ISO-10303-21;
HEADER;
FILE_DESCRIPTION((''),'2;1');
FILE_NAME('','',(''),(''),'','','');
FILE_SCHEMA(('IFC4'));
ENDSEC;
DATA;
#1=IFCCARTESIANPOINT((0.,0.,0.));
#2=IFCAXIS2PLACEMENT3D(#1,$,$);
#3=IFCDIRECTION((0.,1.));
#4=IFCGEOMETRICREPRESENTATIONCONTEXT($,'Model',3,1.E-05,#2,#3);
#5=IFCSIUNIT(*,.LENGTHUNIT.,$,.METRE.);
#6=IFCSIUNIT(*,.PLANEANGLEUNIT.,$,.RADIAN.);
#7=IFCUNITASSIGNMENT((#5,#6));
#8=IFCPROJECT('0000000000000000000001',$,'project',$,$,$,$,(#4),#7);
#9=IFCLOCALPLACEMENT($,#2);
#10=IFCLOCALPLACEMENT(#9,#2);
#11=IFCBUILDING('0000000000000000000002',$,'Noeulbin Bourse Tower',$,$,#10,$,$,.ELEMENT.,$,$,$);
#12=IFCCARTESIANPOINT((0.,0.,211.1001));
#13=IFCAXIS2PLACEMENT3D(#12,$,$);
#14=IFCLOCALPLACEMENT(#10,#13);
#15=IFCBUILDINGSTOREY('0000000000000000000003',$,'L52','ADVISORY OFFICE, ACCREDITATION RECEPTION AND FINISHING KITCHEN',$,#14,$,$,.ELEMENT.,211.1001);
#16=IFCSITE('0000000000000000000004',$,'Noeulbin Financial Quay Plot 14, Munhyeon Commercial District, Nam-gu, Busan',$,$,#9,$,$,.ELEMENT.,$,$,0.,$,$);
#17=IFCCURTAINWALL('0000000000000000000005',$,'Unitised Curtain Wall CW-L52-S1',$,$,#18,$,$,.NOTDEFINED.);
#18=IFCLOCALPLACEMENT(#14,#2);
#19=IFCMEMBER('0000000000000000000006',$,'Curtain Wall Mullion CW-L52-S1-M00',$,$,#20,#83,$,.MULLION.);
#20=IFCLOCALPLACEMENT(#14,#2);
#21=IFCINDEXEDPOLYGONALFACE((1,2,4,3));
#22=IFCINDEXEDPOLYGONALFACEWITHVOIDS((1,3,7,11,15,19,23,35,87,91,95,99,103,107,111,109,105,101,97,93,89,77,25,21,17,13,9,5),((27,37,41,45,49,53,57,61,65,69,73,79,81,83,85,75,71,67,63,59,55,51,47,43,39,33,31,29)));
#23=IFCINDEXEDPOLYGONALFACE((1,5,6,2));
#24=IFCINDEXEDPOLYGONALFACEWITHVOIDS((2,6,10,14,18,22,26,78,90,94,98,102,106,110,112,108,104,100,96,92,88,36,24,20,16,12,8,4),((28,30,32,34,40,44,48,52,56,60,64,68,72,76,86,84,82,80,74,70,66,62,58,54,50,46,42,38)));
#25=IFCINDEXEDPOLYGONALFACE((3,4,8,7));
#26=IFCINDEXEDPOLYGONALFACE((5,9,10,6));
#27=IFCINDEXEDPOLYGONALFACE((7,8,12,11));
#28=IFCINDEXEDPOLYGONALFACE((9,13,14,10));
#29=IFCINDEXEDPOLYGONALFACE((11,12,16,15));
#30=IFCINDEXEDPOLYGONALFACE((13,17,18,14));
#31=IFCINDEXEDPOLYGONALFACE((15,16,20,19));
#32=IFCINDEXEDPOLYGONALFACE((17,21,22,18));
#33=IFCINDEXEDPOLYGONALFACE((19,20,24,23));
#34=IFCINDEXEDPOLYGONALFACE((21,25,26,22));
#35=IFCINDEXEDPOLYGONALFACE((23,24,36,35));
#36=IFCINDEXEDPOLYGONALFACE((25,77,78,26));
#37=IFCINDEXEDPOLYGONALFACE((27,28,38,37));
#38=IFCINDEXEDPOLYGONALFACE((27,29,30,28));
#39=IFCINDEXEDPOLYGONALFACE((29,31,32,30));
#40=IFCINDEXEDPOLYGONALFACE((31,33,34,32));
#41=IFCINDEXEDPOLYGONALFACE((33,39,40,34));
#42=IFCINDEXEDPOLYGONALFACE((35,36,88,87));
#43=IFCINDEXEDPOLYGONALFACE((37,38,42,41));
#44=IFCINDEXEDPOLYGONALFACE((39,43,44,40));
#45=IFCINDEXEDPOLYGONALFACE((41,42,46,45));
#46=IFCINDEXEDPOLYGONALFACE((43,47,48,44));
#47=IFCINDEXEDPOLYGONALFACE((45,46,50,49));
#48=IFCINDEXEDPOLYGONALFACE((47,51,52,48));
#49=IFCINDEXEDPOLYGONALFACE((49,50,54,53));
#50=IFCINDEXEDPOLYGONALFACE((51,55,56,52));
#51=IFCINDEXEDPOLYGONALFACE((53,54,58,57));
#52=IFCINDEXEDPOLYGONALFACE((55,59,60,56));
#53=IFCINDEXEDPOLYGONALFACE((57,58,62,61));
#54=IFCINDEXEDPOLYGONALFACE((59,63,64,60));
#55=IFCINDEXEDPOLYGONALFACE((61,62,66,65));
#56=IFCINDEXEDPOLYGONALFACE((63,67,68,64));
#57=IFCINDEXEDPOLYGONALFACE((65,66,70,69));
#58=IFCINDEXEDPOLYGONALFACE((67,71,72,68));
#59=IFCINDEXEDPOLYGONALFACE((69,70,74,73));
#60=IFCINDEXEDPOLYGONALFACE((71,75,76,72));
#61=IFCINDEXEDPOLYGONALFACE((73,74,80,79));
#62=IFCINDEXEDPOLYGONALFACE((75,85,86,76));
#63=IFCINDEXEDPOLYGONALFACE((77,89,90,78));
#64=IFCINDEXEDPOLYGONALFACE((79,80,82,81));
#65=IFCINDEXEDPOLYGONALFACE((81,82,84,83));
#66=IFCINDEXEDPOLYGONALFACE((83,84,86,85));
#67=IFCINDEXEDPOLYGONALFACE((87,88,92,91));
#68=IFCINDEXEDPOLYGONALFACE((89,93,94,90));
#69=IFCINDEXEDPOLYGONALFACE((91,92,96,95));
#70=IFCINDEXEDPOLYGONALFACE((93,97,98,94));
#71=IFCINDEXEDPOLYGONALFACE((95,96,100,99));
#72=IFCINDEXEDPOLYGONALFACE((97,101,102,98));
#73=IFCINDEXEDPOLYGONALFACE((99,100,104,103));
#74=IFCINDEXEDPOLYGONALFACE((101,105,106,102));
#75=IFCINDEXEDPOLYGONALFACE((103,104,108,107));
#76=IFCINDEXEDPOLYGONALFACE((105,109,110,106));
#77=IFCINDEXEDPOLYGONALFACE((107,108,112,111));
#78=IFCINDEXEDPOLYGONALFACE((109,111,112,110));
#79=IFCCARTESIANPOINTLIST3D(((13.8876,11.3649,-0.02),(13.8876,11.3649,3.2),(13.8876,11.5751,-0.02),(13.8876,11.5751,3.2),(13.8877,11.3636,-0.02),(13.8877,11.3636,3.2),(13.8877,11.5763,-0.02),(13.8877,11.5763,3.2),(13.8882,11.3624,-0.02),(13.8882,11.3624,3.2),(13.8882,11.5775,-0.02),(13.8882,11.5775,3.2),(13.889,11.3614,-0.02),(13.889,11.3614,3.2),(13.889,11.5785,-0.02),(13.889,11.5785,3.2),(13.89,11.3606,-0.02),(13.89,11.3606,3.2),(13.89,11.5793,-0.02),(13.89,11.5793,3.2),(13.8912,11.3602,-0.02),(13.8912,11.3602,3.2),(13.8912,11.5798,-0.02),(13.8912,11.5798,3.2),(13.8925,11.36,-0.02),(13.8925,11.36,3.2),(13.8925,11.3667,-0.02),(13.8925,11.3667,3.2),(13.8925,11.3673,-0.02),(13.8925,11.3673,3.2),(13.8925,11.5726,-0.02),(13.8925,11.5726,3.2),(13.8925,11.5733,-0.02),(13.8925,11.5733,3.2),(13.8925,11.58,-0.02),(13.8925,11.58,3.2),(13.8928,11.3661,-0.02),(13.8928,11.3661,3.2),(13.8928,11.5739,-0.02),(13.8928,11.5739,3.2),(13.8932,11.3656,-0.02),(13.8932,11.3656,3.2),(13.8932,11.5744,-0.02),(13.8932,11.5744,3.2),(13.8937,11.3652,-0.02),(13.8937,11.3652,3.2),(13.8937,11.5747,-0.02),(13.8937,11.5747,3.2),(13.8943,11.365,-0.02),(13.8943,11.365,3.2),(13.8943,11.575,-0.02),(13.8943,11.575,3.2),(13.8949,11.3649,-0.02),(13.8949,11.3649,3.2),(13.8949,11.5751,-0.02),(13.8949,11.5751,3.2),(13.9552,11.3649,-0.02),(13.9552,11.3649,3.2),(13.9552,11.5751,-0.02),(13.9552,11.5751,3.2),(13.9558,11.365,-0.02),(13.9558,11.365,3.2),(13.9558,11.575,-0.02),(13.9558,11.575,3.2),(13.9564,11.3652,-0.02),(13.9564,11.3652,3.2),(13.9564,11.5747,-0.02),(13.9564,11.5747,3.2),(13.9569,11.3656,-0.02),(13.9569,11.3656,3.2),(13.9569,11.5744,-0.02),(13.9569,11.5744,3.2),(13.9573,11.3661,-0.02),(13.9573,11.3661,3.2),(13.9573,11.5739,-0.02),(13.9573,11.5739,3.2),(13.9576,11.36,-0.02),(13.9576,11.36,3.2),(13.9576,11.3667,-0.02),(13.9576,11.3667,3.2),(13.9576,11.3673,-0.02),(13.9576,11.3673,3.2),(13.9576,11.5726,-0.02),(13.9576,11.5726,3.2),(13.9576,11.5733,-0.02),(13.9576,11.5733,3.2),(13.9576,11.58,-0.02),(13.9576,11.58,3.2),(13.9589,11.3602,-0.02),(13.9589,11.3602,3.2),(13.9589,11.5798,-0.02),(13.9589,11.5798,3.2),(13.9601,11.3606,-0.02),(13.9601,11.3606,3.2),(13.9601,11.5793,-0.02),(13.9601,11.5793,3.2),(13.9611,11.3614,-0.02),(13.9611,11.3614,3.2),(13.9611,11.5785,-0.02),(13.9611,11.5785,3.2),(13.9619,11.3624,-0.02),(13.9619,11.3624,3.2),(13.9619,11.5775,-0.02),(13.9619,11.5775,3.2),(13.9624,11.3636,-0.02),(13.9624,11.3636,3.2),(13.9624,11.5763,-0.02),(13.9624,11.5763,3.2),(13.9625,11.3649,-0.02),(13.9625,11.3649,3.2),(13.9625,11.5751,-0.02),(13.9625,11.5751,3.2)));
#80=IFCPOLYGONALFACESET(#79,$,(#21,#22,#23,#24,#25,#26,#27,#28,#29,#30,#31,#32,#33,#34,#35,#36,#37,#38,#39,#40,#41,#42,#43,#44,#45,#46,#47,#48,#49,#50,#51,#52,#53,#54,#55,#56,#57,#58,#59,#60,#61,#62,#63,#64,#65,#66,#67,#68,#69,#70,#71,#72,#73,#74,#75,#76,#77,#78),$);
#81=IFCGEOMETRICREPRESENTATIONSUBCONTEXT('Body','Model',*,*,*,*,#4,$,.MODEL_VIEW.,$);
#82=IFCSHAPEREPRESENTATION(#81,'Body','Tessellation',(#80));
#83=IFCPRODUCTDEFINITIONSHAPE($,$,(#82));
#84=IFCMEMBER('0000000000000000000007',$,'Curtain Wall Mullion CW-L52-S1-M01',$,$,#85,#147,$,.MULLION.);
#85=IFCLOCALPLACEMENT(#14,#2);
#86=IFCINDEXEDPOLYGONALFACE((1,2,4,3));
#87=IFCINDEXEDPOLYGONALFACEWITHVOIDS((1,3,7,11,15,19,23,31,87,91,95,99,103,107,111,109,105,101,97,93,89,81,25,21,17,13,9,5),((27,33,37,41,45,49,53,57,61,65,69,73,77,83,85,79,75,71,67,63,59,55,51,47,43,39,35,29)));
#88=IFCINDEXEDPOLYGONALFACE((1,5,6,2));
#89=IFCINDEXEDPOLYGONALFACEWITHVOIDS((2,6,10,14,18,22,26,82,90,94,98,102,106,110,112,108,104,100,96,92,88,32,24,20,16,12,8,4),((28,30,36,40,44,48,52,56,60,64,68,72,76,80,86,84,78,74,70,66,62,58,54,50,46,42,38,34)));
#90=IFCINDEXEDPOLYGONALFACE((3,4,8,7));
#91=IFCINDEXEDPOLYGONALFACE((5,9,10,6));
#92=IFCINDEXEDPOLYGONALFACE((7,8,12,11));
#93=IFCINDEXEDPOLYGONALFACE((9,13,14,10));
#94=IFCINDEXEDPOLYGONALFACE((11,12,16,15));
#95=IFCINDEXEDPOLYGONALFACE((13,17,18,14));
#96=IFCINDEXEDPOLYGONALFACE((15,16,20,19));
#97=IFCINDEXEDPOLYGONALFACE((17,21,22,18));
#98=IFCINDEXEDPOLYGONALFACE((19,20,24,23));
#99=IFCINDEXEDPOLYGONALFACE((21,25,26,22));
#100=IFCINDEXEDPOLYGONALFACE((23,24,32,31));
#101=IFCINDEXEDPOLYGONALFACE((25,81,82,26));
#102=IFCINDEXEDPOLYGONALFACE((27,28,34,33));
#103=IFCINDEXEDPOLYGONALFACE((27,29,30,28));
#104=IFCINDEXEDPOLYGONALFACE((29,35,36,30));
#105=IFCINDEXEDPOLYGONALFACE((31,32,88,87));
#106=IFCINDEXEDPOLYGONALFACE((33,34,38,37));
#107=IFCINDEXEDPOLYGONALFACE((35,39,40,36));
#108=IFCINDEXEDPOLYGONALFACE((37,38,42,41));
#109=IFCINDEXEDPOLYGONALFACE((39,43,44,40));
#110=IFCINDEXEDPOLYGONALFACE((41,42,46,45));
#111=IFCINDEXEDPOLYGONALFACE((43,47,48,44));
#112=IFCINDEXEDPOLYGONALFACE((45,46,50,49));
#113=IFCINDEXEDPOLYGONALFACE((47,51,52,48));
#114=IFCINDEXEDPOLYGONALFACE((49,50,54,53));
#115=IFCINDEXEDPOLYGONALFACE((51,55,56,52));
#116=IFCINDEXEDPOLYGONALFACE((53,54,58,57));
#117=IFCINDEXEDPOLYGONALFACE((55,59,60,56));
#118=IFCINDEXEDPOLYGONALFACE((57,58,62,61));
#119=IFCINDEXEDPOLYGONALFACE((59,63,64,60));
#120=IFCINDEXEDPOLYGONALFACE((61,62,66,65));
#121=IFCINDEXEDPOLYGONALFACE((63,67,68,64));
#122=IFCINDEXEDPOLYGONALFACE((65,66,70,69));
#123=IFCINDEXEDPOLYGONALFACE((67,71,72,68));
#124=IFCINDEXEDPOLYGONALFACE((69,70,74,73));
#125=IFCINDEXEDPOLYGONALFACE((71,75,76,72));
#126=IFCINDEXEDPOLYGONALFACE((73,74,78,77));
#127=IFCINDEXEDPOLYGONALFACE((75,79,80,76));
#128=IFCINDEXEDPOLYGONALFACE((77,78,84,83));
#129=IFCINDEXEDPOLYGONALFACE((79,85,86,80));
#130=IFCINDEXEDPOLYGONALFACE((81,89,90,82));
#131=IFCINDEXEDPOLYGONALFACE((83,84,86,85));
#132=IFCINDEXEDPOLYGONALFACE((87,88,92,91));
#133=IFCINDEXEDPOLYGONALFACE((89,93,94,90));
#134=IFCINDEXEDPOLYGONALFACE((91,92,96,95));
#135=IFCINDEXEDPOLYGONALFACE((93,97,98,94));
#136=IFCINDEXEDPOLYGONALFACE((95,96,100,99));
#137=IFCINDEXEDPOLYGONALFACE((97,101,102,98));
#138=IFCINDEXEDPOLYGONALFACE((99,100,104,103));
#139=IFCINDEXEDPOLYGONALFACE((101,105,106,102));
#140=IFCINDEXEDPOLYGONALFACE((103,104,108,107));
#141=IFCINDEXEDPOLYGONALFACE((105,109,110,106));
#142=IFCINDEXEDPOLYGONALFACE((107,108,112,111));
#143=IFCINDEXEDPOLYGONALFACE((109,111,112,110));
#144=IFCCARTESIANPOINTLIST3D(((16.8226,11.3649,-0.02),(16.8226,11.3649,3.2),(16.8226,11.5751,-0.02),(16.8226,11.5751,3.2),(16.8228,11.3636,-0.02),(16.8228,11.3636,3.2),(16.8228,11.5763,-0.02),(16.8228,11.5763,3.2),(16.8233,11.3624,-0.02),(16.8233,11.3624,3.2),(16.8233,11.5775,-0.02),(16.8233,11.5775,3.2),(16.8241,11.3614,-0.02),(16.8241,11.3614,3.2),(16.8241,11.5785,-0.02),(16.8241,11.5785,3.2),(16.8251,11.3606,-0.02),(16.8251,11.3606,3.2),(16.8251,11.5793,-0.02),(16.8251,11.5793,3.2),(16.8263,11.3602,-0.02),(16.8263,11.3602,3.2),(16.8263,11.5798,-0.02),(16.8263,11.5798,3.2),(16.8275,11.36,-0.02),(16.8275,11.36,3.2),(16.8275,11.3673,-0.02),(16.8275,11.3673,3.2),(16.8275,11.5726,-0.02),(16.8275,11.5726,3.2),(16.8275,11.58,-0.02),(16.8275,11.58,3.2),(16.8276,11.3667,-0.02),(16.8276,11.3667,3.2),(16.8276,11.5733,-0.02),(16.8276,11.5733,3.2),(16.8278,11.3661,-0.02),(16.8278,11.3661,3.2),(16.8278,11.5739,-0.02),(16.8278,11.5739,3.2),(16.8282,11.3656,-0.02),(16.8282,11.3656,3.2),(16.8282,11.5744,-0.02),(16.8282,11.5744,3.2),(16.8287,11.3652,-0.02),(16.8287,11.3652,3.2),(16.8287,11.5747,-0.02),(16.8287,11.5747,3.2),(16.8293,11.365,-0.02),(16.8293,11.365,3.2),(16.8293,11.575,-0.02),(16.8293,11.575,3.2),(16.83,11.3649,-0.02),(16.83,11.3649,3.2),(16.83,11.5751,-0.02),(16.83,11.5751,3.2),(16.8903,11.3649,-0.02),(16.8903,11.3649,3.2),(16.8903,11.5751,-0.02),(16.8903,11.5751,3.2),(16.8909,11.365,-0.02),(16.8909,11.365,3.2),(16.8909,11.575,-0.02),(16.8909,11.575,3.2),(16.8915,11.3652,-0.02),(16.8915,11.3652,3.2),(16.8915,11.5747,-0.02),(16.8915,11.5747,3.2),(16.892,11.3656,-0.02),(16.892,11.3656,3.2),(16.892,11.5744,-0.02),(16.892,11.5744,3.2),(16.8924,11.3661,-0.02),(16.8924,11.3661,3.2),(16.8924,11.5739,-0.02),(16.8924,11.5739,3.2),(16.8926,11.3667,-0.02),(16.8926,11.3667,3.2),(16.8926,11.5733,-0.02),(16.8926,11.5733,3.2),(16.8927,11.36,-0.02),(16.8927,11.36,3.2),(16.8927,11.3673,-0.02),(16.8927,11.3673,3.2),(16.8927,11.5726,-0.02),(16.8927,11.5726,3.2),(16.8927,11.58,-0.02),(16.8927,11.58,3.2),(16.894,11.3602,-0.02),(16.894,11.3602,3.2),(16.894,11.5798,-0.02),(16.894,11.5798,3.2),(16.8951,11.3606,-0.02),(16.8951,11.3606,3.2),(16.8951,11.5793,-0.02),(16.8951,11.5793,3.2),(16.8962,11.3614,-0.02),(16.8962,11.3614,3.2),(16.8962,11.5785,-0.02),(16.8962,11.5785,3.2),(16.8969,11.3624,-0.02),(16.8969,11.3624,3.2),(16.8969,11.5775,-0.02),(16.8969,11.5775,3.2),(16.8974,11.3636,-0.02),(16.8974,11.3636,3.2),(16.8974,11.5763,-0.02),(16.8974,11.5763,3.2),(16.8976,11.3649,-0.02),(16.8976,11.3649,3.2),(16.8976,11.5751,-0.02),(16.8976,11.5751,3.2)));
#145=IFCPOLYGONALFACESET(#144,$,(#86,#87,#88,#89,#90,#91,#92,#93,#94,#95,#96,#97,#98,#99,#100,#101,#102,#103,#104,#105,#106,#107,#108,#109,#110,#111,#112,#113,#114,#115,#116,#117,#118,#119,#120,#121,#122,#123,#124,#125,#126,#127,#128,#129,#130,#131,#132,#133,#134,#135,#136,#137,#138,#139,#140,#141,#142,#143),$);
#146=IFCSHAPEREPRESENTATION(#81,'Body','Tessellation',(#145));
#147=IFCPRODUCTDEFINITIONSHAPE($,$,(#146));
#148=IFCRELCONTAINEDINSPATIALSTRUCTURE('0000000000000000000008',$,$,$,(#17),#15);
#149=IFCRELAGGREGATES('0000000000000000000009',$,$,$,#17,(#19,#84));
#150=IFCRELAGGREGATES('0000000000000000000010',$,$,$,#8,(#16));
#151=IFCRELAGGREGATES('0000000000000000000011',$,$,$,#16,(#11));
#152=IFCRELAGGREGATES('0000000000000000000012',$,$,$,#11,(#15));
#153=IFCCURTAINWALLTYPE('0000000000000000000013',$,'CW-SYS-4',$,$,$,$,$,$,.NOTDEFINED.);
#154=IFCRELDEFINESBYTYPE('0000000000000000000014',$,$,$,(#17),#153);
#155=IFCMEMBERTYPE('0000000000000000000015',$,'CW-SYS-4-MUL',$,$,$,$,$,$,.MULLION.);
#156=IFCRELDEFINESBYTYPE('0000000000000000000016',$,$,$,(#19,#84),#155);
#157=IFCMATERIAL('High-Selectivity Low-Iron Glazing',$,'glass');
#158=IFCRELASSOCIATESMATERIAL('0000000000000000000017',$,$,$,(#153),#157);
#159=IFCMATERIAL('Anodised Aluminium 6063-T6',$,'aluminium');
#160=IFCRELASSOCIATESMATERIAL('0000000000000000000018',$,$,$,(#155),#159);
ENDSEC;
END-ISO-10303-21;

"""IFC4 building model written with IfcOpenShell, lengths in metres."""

from ifc_helpers import new_model, si_unit, direction, frame, origin, origin_2d, place, context, subcontext, project, spatial, hollow_rectangle, extrude, material, material_profile, profile_set, type_object, element, aggregate, save


model = new_model("IFC4")

# Units and contexts
model_context = context("Model", 3, precision=1e-05, world=origin(), true_north=direction((0.0, 1.0)))
body_context = subcontext(model_context, "Body", "Model", "MODEL_VIEW")
ifc_project = project(units=[si_unit("LENGTHUNIT", "METRE"), si_unit("PLANEANGLEUNIT", "RADIAN")], contexts=[model_context])

# Site, building, storey
site_placement = place(None, origin())
site = spatial("IfcSite", under=ifc_project, at=site_placement, Name="Noeulbin Financial Quay Plot 14, Munhyeon Commercial District, Nam-gu, Busan", CompositionType="ELEMENT", RefElevation=0.0)
building_placement = place(site_placement, origin())
building = spatial("IfcBuilding", under=site, at=building_placement, Name="Noeulbin Bourse Tower", CompositionType="ELEMENT")
storey_placement = place(building_placement, frame((0.0, 0.0, 211.1001)))
storey = spatial("IfcBuildingStorey", under=building, at=storey_placement, Name="L52", Description="ADVISORY OFFICE, ACCREDITATION RECEPTION AND FINISHING KITCHEN", CompositionType="ELEMENT", Elevation=211.1001)

# Curtain wall, members
ifc_material_1 = material(Name="High-Selectivity Low-Iron Glazing", Category="glass")
curtain_wall_type = type_object("IfcCurtainWallType", Name="CW-SYS-4", PredefinedType="NOTDEFINED", material=ifc_material_1)
curtain_wall_placement = place(storey_placement, origin())
curtain_wall = element("IfcCurtainWall", 1, at=curtain_wall_placement, inside=storey, type_object=curtain_wall_type, Name="Unitised Curtain Wall CW-L52-S1", PredefinedType="NOTDEFINED")
ifc_material_2 = material(Name="Anodised Aluminium 6063-T6", Category="aluminium")
ifc_material_profile_1 = material_profile(ifc_material_2, hollow_rectangle(XDim=0.075, YDim=0.22, WallThickness=0.0049, InnerFilletRadius=0.0024, OuterFilletRadius=0.0049, at=origin_2d()), Name="ALU-MULL-75x220x5", Category="LoadBearing")
ifc_profile_set_1 = profile_set([ifc_material_profile_1], Name="Anodised Aluminium 6063-T6")
member_type_1 = type_object("IfcMemberType", Name="CW-SYS-4-MUL", PredefinedType="MULLION", material=ifc_profile_set_1)
member_1_placement = place(storey_placement, frame((13.925, 11.47, -0.02), z_axis=(0.0, 0.0, 1.0), x_axis=(1.0, 0.0, 0.0)))
member_1 = element("IfcMember", 2, at=member_1_placement, type_object=member_type_1, Name="Curtain Wall Mullion CW-L52-S1-M00", PredefinedType="MULLION", context=body_context, shape_type="SweptSolid", body=[
    extrude(hollow_rectangle(XDim=0.075, YDim=0.22, WallThickness=0.0049, InnerFilletRadius=0.0024, OuterFilletRadius=0.0049, at=origin_2d()), origin(), (0.0, 0.0, 1.0), 3.22),
])
member_2_placement = place(storey_placement, frame((16.8601, 11.47, -0.02), z_axis=(0.0, 0.0, 1.0), x_axis=(1.0, 0.0, 0.0)))
member_2 = element("IfcMember", 3, at=member_2_placement, type_object=member_type_1, Name="Curtain Wall Mullion CW-L52-S1-M01", PredefinedType="MULLION", context=body_context, shape_type="SweptSolid", body=[
    extrude(hollow_rectangle(XDim=0.075, YDim=0.22, WallThickness=0.0049, InnerFilletRadius=0.0024, OuterFilletRadius=0.0049, at=origin_2d()), origin(), (0.0, 0.0, 1.0), 3.22),
])
aggregate(curtain_wall, [member_1, member_2])

save(model, "model.ifc")
